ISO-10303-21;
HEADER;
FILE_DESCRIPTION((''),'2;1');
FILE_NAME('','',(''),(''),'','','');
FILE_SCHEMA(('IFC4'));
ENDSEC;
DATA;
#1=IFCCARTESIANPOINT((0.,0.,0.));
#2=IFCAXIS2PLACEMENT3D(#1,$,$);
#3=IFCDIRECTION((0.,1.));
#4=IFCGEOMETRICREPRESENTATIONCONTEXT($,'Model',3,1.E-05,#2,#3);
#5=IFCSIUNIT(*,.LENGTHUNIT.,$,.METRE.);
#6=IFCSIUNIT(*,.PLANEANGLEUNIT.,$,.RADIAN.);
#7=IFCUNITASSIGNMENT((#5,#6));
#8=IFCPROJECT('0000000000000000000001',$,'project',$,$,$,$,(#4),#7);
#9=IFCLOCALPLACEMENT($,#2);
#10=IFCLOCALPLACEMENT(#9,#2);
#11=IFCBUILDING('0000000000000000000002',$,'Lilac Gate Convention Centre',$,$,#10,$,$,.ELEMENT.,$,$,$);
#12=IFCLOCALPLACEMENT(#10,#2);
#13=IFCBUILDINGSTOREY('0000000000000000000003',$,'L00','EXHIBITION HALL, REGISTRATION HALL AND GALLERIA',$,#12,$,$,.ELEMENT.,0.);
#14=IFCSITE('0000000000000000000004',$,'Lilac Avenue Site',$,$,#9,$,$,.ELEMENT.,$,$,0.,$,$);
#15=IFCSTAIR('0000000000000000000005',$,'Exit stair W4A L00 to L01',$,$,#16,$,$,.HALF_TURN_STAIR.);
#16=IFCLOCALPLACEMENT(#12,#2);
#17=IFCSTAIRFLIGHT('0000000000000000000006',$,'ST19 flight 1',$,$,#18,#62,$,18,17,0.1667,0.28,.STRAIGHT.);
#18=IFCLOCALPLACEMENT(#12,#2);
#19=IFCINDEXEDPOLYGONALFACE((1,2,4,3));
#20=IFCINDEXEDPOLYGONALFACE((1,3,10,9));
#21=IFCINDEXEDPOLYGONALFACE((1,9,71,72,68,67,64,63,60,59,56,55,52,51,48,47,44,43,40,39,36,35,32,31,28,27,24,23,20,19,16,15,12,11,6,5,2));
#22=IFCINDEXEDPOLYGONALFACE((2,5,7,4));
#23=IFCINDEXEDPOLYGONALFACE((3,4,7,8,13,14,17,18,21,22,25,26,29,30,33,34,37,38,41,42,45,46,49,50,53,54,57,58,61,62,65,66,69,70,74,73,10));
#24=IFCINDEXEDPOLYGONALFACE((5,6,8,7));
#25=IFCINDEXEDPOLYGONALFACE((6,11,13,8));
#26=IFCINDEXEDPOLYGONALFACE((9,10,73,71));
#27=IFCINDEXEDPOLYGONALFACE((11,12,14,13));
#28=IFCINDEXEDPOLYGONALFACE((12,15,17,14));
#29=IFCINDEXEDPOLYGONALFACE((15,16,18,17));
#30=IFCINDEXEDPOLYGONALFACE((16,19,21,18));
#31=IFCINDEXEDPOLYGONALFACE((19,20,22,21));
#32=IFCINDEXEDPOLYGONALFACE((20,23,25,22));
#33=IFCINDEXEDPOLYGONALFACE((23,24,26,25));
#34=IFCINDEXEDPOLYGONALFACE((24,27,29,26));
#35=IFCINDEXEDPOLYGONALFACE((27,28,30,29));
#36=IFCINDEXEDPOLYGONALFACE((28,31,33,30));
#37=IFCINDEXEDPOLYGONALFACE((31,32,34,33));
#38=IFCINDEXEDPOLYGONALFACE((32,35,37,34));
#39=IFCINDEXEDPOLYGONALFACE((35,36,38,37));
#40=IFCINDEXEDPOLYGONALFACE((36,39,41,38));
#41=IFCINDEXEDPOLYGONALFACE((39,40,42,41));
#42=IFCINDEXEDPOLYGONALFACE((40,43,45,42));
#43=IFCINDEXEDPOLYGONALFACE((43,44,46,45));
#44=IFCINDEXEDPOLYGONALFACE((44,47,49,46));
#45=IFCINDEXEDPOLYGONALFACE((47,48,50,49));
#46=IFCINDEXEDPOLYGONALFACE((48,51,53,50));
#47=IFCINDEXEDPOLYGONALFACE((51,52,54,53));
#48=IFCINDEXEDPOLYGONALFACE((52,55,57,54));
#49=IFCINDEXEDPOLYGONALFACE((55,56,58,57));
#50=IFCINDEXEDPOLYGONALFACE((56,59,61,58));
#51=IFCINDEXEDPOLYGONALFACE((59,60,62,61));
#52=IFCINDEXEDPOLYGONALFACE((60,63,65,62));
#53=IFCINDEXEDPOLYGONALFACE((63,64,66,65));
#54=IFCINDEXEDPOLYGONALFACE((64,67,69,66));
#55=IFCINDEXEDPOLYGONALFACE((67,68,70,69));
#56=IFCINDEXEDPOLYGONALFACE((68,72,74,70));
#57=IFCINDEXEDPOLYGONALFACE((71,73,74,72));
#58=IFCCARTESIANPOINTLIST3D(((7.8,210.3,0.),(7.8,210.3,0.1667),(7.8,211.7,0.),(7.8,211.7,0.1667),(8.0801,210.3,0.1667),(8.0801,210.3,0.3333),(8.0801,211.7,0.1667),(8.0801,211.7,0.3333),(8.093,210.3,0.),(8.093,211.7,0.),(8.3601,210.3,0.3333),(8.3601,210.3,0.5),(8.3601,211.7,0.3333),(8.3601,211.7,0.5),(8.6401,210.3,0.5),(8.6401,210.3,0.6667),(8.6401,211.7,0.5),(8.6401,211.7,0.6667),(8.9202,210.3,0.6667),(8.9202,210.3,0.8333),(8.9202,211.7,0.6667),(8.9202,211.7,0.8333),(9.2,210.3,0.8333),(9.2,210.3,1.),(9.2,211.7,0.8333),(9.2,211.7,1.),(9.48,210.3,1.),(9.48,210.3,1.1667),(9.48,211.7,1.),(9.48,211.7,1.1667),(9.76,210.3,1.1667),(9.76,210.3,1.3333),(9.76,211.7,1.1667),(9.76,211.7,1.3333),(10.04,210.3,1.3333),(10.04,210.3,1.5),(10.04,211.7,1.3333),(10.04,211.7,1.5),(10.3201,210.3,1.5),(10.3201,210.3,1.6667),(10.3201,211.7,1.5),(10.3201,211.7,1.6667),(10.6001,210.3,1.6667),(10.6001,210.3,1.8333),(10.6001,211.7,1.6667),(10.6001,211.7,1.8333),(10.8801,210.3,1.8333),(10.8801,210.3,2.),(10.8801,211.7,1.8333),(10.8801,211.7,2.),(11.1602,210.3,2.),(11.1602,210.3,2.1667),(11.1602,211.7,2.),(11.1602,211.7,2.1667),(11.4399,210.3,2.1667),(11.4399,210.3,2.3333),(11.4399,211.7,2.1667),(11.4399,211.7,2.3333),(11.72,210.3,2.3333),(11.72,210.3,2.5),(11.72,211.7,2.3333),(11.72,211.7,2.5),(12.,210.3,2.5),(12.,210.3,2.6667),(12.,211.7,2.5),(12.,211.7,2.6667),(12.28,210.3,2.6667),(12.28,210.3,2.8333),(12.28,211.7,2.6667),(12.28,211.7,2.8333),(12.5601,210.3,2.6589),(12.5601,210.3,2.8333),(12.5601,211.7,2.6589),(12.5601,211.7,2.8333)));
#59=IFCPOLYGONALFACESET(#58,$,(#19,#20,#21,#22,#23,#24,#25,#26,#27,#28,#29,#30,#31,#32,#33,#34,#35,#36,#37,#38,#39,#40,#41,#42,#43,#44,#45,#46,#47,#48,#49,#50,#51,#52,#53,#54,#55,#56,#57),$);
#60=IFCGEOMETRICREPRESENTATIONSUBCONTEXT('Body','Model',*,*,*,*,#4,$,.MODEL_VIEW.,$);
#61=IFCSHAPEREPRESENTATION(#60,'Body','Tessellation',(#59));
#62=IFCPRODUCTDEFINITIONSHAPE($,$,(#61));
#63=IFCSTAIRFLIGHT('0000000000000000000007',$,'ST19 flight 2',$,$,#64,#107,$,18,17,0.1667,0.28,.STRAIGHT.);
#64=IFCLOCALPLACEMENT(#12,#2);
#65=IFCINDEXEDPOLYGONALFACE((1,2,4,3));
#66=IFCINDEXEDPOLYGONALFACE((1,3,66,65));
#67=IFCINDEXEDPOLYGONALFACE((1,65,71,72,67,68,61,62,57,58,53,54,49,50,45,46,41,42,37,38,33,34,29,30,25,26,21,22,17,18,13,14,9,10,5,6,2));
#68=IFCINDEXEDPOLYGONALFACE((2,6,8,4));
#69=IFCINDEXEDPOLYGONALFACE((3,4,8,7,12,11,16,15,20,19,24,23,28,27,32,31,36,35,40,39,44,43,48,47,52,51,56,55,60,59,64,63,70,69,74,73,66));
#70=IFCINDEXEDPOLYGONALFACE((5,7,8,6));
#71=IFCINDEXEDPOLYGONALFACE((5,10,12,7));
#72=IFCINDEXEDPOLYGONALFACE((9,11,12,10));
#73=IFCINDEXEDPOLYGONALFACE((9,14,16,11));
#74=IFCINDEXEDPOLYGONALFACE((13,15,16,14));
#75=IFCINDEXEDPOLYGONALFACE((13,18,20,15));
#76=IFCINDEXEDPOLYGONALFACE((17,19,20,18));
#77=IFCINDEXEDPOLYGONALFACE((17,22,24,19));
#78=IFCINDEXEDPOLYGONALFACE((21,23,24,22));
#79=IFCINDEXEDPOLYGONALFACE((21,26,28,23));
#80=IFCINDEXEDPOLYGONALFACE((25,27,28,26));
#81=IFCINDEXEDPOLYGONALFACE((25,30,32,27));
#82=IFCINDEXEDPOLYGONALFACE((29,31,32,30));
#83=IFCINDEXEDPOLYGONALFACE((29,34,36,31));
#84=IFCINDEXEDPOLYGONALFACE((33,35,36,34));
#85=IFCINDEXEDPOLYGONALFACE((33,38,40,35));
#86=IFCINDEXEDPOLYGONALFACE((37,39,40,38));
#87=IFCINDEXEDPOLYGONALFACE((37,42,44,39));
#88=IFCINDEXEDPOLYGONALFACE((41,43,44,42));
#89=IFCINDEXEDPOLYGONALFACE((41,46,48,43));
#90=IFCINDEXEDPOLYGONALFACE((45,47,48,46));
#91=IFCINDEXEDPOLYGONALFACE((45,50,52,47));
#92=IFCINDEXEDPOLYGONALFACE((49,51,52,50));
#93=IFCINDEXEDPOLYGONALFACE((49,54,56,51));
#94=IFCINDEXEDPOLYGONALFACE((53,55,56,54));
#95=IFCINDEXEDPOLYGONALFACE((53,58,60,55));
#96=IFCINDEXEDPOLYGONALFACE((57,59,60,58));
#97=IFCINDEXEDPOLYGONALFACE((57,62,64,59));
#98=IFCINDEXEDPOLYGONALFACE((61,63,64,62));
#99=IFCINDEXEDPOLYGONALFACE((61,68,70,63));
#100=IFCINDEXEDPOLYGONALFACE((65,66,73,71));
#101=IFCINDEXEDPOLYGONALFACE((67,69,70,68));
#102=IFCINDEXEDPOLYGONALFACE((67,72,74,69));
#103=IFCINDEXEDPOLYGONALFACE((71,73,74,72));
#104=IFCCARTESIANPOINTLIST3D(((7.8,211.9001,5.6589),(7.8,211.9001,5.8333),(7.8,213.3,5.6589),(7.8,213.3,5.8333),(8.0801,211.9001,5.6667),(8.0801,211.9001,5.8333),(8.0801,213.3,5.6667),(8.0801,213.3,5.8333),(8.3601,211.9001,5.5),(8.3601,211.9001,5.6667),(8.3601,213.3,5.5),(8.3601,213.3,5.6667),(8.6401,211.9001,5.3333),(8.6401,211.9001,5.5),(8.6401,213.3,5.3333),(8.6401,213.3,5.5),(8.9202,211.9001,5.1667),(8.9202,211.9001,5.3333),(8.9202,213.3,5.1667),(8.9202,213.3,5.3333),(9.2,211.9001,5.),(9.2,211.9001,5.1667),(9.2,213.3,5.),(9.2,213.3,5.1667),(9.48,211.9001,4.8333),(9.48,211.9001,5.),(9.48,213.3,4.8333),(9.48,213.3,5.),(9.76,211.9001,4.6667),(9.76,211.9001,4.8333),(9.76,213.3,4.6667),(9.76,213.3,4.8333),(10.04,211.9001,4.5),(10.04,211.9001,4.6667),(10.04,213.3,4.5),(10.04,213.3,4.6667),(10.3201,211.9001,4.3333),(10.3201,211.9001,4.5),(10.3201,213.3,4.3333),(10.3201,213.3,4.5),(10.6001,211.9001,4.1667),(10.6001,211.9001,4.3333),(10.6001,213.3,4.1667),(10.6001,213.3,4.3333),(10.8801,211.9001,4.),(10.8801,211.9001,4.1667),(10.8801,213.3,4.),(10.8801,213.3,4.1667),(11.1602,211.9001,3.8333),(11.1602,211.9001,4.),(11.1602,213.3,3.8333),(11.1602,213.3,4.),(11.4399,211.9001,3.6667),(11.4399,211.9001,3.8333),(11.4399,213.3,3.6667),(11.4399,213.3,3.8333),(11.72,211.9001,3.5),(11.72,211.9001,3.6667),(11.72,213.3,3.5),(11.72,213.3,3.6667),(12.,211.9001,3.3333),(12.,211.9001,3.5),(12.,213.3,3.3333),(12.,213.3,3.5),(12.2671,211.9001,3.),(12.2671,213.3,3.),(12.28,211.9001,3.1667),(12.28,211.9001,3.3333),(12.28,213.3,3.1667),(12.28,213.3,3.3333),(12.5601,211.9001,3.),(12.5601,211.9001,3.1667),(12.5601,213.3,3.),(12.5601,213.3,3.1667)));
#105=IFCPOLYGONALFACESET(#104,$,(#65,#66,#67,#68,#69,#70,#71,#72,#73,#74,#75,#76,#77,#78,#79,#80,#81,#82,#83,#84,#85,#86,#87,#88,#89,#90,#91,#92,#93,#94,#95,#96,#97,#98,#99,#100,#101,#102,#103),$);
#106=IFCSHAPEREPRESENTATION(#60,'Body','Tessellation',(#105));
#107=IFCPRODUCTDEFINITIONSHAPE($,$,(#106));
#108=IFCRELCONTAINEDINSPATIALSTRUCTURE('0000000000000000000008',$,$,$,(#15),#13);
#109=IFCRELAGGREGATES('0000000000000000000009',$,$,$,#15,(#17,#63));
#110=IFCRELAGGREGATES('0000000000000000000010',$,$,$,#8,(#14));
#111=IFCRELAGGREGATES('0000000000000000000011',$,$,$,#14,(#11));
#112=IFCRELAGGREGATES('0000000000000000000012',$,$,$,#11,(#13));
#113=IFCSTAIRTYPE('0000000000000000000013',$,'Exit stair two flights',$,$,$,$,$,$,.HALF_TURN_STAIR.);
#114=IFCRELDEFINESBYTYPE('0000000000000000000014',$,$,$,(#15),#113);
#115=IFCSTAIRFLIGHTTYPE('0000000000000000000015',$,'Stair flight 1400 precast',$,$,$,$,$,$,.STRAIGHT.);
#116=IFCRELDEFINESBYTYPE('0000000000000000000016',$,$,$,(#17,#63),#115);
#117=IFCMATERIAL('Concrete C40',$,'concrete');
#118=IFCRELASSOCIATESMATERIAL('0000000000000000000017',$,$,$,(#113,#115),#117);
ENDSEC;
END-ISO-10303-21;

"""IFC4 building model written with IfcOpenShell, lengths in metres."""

from ifc_helpers import new_model, si_unit, direction, frame, origin, place, context, subcontext, project, spatial, polyline, outline, extrude, material, type_object, element, aggregate, save


model = new_model("IFC4")

# Units and contexts
model_context = context("Model", 3, precision=1e-05, world=origin(), true_north=direction((0.0, 1.0)))
body_context = subcontext(model_context, "Body", "Model", "MODEL_VIEW")
ifc_project = project(units=[si_unit("LENGTHUNIT", "METRE"), si_unit("PLANEANGLEUNIT", "RADIAN")], contexts=[model_context])

# Site, building, storey
site_placement = place(None, origin())
site = spatial("IfcSite", under=ifc_project, at=site_placement, Name="Lilac Avenue Site", CompositionType="ELEMENT", RefElevation=0.0)
building_placement = place(site_placement, origin())
building = spatial("IfcBuilding", under=site, at=building_placement, Name="Lilac Gate Convention Centre", CompositionType="ELEMENT")
storey_placement = place(building_placement, origin())
storey = spatial("IfcBuildingStorey", under=building, at=storey_placement, Name="L00", Description="EXHIBITION HALL, REGISTRATION HALL AND GALLERIA", CompositionType="ELEMENT", Elevation=0.0)

# Shared definitions
ifc_material_1 = material(Name="Concrete C40", Category="concrete")

# Stair, stair flights
stair_type = type_object("IfcStairType", Name="Exit stair two flights", PredefinedType="HALF_TURN_STAIR", material=ifc_material_1)
stair_placement = place(storey_placement, origin())
stair = element("IfcStair", 1, at=stair_placement, inside=storey, type_object=stair_type, Name="Exit stair W4A L00 to L01", PredefinedType="HALF_TURN_STAIR")
stair_flight_type = type_object("IfcStairFlightType", Name="Stair flight 1400 precast", PredefinedType="STRAIGHT", material=ifc_material_1)
stair_flight_1_placement = place(storey_placement, frame((7.8, 211.0, 0.0), z_axis=(0.0, 0.0, 1.0), x_axis=(1.0, 0.0, 0.0)))
stair_flight_1 = element("IfcStairFlight", 2, at=stair_flight_1_placement, type_object=stair_flight_type, Name="ST19 flight 1", NumberOfRisers=18, NumberOfTreads=17, PredefinedType="STRAIGHT", RiserHeight=0.1667, TreadLength=0.28, context=body_context, shape_type="SweptSolid", body=[
    extrude(outline(polyline([(0.0, 0.0), (0.0, 0.1667), (0.28, 0.1667), (0.28, 0.3333), (0.5601, 0.3333), (0.5601, 0.5), (0.8401, 0.5), (0.8401, 0.6667), (1.1201, 0.6667), (1.1201, 0.8333), (1.3999, 0.8333), (1.3999, 1.0), (1.6799, 1.0), (1.6799, 1.1667), (1.96, 1.1667), (1.96, 1.3333), (2.24, 1.3333), (2.24, 1.5), (2.52, 1.5), (2.52, 1.6667), (2.8, 1.6667), (2.8, 1.8333), (3.0801, 1.8333), (3.0801, 2.0), (3.3601, 2.0), (3.3601, 2.1667), (3.6399, 2.1667), (3.6399, 2.3333), (3.9199, 2.3333), (3.9199, 2.5), (4.2, 2.5), (4.2, 2.6667), (4.48, 2.6667), (4.48, 2.8333), (4.76, 2.8333), (4.76, 3.0), (4.76, 2.6589), (0.293, 0.0), (0.0, 0.0)])), frame((0.0, 0.7, 0.0), z_axis=(0.0, -1.0, 0.0), x_axis=(1.0, 0.0, 0.0)), (0.0, 0.0, 1.0), 1.3999),
])
stair_flight_2_placement = place(storey_placement, frame((12.5601, 212.6001, 3.0), z_axis=(0.0, 0.0, 1.0), x_axis=(-1.0, 0.0, 0.0)))
stair_flight_2 = element("IfcStairFlight", 3, at=stair_flight_2_placement, type_object=stair_flight_type, Name="ST19 flight 2", NumberOfRisers=18, NumberOfTreads=17, PredefinedType="STRAIGHT", RiserHeight=0.1667, TreadLength=0.28, context=body_context, shape_type="SweptSolid", body=[
    extrude(outline(polyline([(0.0, 0.0), (0.0, 0.1667), (0.28, 0.1667), (0.28, 0.3333), (0.5601, 0.3333), (0.5601, 0.5), (0.8401, 0.5), (0.8401, 0.6667), (1.1201, 0.6667), (1.1201, 0.8333), (1.3999, 0.8333), (1.3999, 1.0), (1.6799, 1.0), (1.6799, 1.1667), (1.96, 1.1667), (1.96, 1.3333), (2.24, 1.3333), (2.24, 1.5), (2.52, 1.5), (2.52, 1.6667), (2.8, 1.6667), (2.8, 1.8333), (3.0801, 1.8333), (3.0801, 2.0), (3.3601, 2.0), (3.3601, 2.1667), (3.6399, 2.1667), (3.6399, 2.3333), (3.9199, 2.3333), (3.9199, 2.5), (4.2, 2.5), (4.2, 2.6667), (4.48, 2.6667), (4.48, 2.8333), (4.76, 2.8333), (4.76, 3.0), (4.76, 2.6589), (0.293, 0.0), (0.0, 0.0)])), frame((0.0, 0.7, 0.0), z_axis=(0.0, -1.0, 0.0), x_axis=(1.0, 0.0, 0.0)), (0.0, 0.0, 1.0), 1.3999),
])
aggregate(stair, [stair_flight_1, stair_flight_2])

save(model, "model.ifc")
